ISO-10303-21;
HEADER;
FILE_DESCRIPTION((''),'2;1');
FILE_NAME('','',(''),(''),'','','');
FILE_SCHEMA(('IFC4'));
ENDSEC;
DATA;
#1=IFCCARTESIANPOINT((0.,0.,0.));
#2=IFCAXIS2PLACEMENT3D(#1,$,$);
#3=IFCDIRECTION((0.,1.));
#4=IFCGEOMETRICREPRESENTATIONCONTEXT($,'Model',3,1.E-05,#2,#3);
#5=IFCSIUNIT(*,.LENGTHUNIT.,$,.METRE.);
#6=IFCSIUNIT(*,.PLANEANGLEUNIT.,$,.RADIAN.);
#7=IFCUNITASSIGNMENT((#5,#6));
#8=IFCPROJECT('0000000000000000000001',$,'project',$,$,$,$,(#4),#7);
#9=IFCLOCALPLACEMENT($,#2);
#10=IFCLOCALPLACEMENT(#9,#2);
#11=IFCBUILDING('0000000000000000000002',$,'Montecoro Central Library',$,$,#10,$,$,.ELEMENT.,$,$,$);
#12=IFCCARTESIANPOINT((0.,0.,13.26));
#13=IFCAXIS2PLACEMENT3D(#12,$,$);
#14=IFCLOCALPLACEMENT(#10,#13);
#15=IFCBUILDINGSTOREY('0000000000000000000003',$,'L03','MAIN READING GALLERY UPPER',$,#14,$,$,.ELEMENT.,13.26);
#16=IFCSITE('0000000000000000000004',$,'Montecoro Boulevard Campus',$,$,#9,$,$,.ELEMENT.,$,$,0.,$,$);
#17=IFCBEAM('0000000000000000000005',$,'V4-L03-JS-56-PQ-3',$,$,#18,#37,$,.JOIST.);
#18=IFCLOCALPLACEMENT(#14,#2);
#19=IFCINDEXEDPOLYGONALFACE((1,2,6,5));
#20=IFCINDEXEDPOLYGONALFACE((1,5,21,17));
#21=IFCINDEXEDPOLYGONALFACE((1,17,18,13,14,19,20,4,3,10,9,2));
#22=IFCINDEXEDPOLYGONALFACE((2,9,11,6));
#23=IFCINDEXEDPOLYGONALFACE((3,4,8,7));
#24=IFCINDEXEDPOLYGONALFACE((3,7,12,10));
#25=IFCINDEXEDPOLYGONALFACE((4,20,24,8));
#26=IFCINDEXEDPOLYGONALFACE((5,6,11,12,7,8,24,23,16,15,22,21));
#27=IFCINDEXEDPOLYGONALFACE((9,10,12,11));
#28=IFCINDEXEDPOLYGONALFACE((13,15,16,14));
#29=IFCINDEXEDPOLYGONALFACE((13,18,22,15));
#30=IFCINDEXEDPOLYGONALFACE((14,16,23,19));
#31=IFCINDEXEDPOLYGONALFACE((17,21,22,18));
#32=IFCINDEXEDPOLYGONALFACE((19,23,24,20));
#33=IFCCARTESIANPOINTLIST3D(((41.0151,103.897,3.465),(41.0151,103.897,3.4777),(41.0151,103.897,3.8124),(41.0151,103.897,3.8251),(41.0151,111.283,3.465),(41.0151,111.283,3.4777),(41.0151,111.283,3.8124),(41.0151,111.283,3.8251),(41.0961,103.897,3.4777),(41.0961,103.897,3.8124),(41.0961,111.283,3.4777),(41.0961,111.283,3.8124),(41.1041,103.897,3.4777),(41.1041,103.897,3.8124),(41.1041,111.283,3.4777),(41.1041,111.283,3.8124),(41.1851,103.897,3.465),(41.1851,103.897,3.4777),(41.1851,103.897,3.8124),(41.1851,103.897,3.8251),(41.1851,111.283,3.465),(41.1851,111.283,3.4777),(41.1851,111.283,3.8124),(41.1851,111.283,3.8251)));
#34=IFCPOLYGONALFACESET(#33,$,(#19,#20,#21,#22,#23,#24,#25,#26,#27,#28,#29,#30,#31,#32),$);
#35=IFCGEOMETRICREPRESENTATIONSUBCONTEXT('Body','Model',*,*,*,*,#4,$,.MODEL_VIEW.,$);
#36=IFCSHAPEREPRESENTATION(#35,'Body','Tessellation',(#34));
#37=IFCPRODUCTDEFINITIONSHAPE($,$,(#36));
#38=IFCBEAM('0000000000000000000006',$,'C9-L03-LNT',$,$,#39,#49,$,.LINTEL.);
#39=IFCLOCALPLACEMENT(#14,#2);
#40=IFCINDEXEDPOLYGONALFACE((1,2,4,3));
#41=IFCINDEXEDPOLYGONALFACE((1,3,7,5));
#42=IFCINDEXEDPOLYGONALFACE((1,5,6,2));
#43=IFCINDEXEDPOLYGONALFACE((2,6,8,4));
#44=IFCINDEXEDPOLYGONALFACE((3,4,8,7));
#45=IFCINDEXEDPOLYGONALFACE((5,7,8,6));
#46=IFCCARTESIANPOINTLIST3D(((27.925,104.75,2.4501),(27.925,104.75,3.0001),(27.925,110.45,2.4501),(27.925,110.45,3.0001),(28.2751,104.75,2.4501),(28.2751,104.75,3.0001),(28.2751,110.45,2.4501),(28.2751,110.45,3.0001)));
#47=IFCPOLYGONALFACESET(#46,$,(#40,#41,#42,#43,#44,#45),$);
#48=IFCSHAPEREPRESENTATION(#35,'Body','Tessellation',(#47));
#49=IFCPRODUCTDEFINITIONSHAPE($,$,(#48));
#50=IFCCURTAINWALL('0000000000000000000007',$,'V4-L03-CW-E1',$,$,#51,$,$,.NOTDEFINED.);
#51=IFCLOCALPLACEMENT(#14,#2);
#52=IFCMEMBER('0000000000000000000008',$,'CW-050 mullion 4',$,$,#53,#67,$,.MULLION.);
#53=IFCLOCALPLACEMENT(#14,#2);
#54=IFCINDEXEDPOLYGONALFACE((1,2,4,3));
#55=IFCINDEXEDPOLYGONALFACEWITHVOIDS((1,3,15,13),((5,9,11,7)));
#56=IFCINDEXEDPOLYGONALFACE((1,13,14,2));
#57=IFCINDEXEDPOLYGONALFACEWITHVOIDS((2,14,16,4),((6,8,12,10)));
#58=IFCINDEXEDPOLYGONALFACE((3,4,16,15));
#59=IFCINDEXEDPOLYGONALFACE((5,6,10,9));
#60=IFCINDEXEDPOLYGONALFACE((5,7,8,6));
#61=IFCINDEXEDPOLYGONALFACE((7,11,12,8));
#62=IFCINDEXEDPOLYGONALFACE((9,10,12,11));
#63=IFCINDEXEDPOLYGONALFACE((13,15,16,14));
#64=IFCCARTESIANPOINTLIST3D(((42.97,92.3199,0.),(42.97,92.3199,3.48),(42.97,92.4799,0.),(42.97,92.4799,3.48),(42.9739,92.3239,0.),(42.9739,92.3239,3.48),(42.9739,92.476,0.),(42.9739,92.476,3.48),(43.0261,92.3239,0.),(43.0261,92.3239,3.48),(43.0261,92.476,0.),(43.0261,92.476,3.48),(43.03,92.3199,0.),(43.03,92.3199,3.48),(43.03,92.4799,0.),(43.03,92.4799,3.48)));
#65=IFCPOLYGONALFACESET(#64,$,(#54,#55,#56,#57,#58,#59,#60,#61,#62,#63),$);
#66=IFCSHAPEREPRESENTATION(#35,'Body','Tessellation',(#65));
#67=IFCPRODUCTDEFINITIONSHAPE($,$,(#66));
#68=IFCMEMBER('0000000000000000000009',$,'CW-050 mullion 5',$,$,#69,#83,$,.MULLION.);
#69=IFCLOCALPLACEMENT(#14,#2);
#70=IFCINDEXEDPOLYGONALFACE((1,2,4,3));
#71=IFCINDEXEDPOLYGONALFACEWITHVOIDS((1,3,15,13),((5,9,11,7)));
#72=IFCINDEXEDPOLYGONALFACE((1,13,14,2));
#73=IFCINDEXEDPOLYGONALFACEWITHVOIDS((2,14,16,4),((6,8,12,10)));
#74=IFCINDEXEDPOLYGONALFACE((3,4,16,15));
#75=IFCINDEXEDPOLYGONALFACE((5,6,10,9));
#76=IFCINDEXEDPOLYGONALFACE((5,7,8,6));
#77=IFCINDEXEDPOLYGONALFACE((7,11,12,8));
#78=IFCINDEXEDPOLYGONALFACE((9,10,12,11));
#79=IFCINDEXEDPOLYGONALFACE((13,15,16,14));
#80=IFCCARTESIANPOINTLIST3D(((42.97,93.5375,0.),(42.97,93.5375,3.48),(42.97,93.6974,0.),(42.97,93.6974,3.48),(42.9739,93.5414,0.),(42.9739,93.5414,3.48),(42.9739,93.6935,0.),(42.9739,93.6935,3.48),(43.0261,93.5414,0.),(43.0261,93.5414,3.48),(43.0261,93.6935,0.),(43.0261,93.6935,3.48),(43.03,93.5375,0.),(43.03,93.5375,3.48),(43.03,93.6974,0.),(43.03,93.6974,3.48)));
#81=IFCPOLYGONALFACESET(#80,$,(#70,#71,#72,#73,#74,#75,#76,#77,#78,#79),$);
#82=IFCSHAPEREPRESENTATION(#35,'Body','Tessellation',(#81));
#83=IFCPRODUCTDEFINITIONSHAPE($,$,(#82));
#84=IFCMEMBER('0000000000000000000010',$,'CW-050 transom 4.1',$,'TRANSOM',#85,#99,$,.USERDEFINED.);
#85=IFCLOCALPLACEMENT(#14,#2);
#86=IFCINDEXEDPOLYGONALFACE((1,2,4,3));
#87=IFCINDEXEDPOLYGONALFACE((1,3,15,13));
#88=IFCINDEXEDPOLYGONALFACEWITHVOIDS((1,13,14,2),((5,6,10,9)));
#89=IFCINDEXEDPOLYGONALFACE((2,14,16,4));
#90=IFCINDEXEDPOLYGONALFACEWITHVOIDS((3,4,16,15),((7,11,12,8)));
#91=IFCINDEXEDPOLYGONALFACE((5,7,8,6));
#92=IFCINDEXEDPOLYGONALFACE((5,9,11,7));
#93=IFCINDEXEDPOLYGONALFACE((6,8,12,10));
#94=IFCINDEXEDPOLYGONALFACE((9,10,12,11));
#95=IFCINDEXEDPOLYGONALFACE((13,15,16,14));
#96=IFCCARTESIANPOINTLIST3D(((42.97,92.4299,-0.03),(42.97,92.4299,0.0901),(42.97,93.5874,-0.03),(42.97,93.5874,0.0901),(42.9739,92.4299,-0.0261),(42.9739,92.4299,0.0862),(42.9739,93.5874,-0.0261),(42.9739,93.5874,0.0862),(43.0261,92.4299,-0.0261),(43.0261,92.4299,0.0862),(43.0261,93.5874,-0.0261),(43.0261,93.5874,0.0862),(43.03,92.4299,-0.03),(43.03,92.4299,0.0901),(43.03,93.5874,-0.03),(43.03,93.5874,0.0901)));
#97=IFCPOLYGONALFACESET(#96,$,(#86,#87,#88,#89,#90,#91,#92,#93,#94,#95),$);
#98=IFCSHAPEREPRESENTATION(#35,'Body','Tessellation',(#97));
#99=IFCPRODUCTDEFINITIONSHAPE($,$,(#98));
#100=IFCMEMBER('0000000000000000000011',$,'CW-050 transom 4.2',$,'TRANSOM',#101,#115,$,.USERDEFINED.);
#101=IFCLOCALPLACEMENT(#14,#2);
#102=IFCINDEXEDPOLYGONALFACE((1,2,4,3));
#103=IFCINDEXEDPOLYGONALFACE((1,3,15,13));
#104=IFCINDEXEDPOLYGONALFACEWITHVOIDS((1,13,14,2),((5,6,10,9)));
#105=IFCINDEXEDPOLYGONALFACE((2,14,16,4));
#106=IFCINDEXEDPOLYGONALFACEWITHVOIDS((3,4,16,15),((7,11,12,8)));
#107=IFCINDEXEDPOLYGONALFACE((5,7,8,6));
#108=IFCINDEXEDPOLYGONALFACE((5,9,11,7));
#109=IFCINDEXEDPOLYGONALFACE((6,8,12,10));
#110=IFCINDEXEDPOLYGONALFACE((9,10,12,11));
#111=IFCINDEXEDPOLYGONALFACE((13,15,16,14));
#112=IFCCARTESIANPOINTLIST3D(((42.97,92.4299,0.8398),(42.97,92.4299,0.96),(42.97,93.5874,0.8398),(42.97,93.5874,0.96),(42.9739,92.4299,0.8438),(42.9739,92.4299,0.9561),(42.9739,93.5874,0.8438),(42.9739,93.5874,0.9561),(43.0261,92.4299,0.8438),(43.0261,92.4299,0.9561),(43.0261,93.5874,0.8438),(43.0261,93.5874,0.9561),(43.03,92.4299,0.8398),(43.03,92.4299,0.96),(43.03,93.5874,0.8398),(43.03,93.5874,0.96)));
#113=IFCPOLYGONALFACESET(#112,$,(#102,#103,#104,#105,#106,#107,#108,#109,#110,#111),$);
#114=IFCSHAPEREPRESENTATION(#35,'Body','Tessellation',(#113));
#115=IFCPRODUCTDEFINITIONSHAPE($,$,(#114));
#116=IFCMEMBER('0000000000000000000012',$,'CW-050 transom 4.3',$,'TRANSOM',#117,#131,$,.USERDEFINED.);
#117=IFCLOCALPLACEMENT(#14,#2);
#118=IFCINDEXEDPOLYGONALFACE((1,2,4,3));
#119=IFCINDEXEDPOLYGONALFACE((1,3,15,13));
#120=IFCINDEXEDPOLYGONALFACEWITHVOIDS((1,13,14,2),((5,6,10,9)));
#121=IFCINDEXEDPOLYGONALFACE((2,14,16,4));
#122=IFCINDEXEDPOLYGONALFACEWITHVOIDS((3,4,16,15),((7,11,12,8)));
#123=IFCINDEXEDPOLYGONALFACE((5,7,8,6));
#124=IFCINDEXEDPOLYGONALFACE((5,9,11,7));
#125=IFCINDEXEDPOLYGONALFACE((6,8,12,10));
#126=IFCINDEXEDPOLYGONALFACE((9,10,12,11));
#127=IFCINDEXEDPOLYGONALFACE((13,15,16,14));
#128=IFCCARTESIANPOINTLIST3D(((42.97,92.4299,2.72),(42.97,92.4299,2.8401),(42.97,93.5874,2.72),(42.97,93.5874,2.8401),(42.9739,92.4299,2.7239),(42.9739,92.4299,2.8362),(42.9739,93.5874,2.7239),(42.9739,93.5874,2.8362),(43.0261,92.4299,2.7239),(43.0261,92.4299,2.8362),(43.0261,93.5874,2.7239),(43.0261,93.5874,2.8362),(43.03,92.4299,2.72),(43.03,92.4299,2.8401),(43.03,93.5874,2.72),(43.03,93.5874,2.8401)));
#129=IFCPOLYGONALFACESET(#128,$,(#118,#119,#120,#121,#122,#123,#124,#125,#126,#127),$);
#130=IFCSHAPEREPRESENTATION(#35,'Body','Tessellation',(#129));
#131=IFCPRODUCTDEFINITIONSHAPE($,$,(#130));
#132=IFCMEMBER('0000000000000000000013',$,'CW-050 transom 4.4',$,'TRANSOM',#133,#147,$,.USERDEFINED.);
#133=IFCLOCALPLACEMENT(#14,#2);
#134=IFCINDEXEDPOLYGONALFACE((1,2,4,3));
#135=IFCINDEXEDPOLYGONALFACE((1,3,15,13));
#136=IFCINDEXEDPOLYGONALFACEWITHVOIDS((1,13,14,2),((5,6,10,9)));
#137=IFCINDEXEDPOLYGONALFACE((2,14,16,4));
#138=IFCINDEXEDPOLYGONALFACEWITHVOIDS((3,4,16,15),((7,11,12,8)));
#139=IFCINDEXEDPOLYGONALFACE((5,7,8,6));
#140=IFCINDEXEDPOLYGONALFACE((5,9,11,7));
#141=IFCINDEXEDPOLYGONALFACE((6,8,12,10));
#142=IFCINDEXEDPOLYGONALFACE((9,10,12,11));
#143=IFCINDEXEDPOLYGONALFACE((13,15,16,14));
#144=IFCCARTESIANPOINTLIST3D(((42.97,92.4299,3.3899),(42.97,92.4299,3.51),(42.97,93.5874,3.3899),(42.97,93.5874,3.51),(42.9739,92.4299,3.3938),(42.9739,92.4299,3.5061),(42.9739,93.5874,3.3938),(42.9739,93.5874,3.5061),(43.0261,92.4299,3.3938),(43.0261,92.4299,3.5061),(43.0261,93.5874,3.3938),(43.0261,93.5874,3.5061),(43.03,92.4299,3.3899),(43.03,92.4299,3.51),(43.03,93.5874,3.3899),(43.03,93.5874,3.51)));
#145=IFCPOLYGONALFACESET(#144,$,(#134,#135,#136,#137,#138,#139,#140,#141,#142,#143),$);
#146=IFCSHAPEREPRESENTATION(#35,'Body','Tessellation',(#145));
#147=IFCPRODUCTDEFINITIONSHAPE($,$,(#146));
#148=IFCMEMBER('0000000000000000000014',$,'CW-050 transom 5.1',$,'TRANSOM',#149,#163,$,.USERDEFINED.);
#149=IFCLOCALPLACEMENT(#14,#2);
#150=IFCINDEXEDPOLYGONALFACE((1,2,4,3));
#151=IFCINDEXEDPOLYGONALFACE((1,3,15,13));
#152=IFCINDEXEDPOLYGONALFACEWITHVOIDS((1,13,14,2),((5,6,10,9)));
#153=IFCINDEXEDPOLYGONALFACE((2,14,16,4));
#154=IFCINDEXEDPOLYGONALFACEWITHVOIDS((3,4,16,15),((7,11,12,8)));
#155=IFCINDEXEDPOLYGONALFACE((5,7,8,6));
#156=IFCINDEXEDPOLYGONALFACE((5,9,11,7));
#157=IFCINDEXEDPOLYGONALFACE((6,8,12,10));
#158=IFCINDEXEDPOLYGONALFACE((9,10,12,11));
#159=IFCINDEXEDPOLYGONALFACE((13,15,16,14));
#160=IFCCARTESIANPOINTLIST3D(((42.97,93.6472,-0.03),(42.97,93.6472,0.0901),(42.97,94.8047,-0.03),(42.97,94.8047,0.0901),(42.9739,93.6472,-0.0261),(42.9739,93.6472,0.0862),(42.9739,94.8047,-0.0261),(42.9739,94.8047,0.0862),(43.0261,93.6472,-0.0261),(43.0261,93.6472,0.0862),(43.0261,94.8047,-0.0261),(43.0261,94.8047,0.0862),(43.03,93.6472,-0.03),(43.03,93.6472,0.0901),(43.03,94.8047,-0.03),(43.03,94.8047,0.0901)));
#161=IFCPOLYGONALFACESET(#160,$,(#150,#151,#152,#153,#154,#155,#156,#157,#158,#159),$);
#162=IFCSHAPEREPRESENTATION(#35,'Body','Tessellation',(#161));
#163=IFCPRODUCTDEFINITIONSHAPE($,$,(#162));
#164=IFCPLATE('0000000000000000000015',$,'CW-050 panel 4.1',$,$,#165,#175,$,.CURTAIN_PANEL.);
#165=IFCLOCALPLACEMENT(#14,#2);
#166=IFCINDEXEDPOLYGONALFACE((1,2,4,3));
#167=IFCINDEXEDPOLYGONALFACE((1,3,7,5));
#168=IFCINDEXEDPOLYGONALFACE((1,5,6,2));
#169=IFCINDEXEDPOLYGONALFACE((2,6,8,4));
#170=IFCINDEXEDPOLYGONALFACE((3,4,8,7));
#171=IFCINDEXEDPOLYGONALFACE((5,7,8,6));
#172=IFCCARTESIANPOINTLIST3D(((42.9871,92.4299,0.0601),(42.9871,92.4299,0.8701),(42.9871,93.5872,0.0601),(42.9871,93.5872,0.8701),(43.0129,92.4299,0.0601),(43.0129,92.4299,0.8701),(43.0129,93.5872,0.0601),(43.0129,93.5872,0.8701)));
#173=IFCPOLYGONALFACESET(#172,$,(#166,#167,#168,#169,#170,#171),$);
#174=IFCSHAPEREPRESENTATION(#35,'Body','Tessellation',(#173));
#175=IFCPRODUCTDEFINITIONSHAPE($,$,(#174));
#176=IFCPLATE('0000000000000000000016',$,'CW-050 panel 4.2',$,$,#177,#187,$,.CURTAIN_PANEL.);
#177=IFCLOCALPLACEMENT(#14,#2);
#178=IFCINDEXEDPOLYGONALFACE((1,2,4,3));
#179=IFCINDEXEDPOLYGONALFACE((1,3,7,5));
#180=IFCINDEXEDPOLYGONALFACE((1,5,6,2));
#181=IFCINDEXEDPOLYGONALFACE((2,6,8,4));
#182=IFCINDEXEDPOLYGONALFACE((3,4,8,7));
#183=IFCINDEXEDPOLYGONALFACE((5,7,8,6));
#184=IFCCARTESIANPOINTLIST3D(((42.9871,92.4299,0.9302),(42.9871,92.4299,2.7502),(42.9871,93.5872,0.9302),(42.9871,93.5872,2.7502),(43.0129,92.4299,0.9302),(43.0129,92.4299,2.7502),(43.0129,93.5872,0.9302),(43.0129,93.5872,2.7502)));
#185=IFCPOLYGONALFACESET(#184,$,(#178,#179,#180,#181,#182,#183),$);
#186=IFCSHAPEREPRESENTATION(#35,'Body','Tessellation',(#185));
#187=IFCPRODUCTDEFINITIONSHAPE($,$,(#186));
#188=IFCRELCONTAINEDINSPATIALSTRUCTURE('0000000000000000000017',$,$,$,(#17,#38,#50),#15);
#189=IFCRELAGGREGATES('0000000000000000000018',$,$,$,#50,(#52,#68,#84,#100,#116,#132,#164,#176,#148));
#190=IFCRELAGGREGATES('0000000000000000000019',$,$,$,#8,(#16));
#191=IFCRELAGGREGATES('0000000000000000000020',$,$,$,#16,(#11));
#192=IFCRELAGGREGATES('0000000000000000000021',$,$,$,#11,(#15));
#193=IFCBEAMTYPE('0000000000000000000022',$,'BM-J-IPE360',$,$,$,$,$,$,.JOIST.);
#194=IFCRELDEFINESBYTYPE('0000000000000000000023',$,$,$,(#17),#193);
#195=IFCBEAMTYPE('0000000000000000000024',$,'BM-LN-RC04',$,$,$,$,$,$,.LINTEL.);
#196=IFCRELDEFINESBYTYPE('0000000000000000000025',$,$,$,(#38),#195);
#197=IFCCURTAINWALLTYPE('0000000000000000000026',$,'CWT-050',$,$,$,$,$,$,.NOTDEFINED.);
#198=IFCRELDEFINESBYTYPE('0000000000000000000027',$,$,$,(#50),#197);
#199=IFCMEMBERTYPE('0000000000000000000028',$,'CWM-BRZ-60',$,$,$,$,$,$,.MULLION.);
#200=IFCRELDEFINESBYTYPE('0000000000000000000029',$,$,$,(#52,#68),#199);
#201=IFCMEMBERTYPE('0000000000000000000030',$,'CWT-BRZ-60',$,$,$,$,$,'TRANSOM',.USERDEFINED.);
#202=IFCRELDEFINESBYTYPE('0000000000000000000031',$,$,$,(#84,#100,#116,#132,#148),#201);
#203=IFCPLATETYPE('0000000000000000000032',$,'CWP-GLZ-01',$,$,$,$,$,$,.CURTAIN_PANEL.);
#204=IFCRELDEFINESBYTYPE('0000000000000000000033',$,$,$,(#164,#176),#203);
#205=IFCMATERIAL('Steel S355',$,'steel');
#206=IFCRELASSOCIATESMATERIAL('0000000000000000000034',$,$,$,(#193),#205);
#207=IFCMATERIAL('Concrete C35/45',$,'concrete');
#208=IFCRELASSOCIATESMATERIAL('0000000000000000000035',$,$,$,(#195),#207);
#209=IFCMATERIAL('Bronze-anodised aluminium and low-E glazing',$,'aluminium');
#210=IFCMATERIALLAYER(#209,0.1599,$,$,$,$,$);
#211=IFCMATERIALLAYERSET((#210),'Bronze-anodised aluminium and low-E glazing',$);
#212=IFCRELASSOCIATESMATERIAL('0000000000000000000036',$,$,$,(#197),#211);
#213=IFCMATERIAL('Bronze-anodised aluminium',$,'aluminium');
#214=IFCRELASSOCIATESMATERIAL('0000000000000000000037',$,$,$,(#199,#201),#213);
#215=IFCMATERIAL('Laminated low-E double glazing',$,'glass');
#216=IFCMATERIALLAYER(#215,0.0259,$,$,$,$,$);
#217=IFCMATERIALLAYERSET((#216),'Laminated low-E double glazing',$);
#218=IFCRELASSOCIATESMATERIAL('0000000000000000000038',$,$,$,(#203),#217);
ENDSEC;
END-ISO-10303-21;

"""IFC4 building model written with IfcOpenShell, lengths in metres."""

from ifc_helpers import new_model, si_unit, direction, frame, origin, origin_2d, place, context, subcontext, project, spatial, rectangle, hollow_rectangle, i_section, extrude, material, layer, layer_set, material_profile, profile_set, type_object, element, aggregate, save


model = new_model("IFC4")

# Units and contexts
model_context = context("Model", 3, precision=1e-05, world=origin(), true_north=direction((0.0, 1.0)))
body_context = subcontext(model_context, "Body", "Model", "MODEL_VIEW")
ifc_project = project(units=[si_unit("LENGTHUNIT", "METRE"), si_unit("PLANEANGLEUNIT", "RADIAN")], contexts=[model_context])

# Site, building, storey
site_placement = place(None, origin())
site = spatial("IfcSite", under=ifc_project, at=site_placement, Name="Montecoro Boulevard Campus", CompositionType="ELEMENT", RefElevation=0.0)
building_placement = place(site_placement, origin())
building = spatial("IfcBuilding", under=site, at=building_placement, Name="Montecoro Central Library", CompositionType="ELEMENT")
storey_placement = place(building_placement, frame((0.0, 0.0, 13.26)))
storey = spatial("IfcBuildingStorey", under=building, at=storey_placement, Name="L03", Description="MAIN READING GALLERY UPPER", CompositionType="ELEMENT", Elevation=13.26)

# Shared definitions
ifc_material_1 = material(Name="Steel S355", Category="steel")

# Beams
ifc_material_profile_1 = material_profile(ifc_material_1, i_section(OverallWidth=0.1699, OverallDepth=0.3601, WebThickness=0.0081, FlangeThickness=0.0127, at=origin_2d()), Name="IPE 360")
ifc_profile_set_1 = profile_set([ifc_material_profile_1], Name="Steel S355")
beam_type_1 = type_object("IfcBeamType", Name="BM-J-IPE360", PredefinedType="JOIST", material=ifc_profile_set_1)
for number, where, z_axis, x_axis, name in (
    (1, (41.1001, 103.897, 3.645), (0.0, 1.0, 0.0), (-1.0, 0.0, 0.0), "V4-L03-JS-56-PQ-3"),
):
    element("IfcBeam", number, at=place(storey_placement, frame(where, z_axis=z_axis, x_axis=x_axis)), inside=storey, type_object=beam_type_1, Name=name, PredefinedType="JOIST", context=body_context, shape_type="SweptSolid", body=[
        extrude(i_section(OverallWidth=0.1699, OverallDepth=0.3601, WebThickness=0.0081, FlangeThickness=0.0127, at=origin_2d()), origin(), (0.0, 0.0, 1.0), 7.386),
    ])
ifc_material_2 = material(Name="Concrete C35/45", Category="concrete")
ifc_material_profile_2 = material_profile(ifc_material_2, rectangle(XDim=0.3501, YDim=0.55, at=origin_2d()), Name="RC LNT 550x350")
ifc_profile_set_2 = profile_set([ifc_material_profile_2], Name="Concrete C35/45")
beam_type_2 = type_object("IfcBeamType", Name="BM-LN-RC04", PredefinedType="LINTEL", material=ifc_profile_set_2)
beam_placement = place(storey_placement, frame((28.1001, 104.75, 2.7251), z_axis=(0.0, 1.0, 0.0), x_axis=(-1.0, 0.0, 0.0)))
element("IfcBeam", 2, at=beam_placement, inside=storey, type_object=beam_type_2, Name="C9-L03-LNT", PredefinedType="LINTEL", context=body_context, shape_type="SweptSolid", body=[
    extrude(rectangle(XDim=0.3501, YDim=0.55, at=origin_2d()), origin(), (0.0, 0.0, 1.0), 5.7),
])

# Curtain wall, members, plates
ifc_material_3 = material(Name="Bronze-anodised aluminium and low-E glazing", Category="aluminium")
ifc_layer_1 = layer(ifc_material_3, 0.1599)
ifc_layer_set_1 = layer_set([ifc_layer_1], Name="Bronze-anodised aluminium and low-E glazing")
curtain_wall_type = type_object("IfcCurtainWallType", Name="CWT-050", PredefinedType="NOTDEFINED", material=ifc_layer_set_1)
curtain_wall_placement = place(storey_placement, origin())
curtain_wall = element("IfcCurtainWall", 3, at=curtain_wall_placement, inside=storey, type_object=curtain_wall_type, Name="V4-L03-CW-E1", PredefinedType="NOTDEFINED")
ifc_material_4 = material(Name="Bronze-anodised aluminium", Category="aluminium")
ifc_material_profile_3 = material_profile(ifc_material_4, hollow_rectangle(XDim=0.0601, YDim=0.1599, WallThickness=0.0039, at=origin_2d()), Name="CWM 160x60x4.0")
ifc_profile_set_3 = profile_set([ifc_material_profile_3], Name="Bronze-anodised aluminium")
member_type_1 = type_object("IfcMemberType", Name="CWM-BRZ-60", PredefinedType="MULLION", material=ifc_profile_set_3)
member_1_placement = place(storey_placement, frame((43.0, 92.3999, 0.0), z_axis=(0.0, 0.0, 1.0), x_axis=(-1.0, 0.0, 0.0)))
member_1 = element("IfcMember", 4, at=member_1_placement, type_object=member_type_1, Name="CW-050 mullion 4", PredefinedType="MULLION", context=body_context, shape_type="SweptSolid", body=[
    extrude(hollow_rectangle(XDim=0.0601, YDim=0.1599, WallThickness=0.0039, at=origin_2d()), origin(), (0.0, 0.0, 1.0), 3.48),
])
member_2_placement = place(storey_placement, frame((43.0, 93.6174, 0.0), z_axis=(0.0, 0.0, 1.0), x_axis=(-1.0, 0.0, 0.0)))
member_2 = element("IfcMember", 5, at=member_2_placement, type_object=member_type_1, Name="CW-050 mullion 5", PredefinedType="MULLION", context=body_context, shape_type="SweptSolid", body=[
    extrude(hollow_rectangle(XDim=0.0601, YDim=0.1599, WallThickness=0.0039, at=origin_2d()), origin(), (0.0, 0.0, 1.0), 3.48),
])
ifc_material_profile_4 = material_profile(ifc_material_4, hollow_rectangle(XDim=0.0601, YDim=0.1201, WallThickness=0.0039, at=origin_2d()), Name="CWT 120x60x4.0")
ifc_profile_set_4 = profile_set([ifc_material_profile_4], Name="Bronze-anodised aluminium")
member_type_2 = type_object("IfcMemberType", Name="CWT-BRZ-60", ElementType="TRANSOM", PredefinedType="USERDEFINED", material=ifc_profile_set_4)
member_3_placement = place(storey_placement, frame((43.0, 92.4299, 0.03), z_axis=(0.0, 1.0, 0.0), x_axis=(-1.0, 0.0, 0.0)))
member_3 = element("IfcMember", 6, at=member_3_placement, type_object=member_type_2, Name="CW-050 transom 4.1", ObjectType="TRANSOM", PredefinedType="USERDEFINED", context=body_context, shape_type="SweptSolid", body=[
    extrude(hollow_rectangle(XDim=0.0601, YDim=0.1201, WallThickness=0.0039, at=origin_2d()), origin(), (0.0, 0.0, 1.0), 1.1575),
])
member_4_placement = place(storey_placement, frame((43.0, 92.4299, 0.8999), z_axis=(0.0, 1.0, 0.0), x_axis=(-1.0, 0.0, 0.0)))
member_4 = element("IfcMember", 7, at=member_4_placement, type_object=member_type_2, Name="CW-050 transom 4.2", ObjectType="TRANSOM", PredefinedType="USERDEFINED", context=body_context, shape_type="SweptSolid", body=[
    extrude(hollow_rectangle(XDim=0.0601, YDim=0.1201, WallThickness=0.0039, at=origin_2d()), origin(), (0.0, 0.0, 1.0), 1.1575),
])
member_5_placement = place(storey_placement, frame((43.0, 92.4299, 2.78), z_axis=(0.0, 1.0, 0.0), x_axis=(-1.0, 0.0, 0.0)))
member_5 = element("IfcMember", 8, at=member_5_placement, type_object=member_type_2, Name="CW-050 transom 4.3", ObjectType="TRANSOM", PredefinedType="USERDEFINED", context=body_context, shape_type="SweptSolid", body=[
    extrude(hollow_rectangle(XDim=0.0601, YDim=0.1201, WallThickness=0.0039, at=origin_2d()), origin(), (0.0, 0.0, 1.0), 1.1575),
])
member_6_placement = place(storey_placement, frame((43.0, 92.4299, 3.45), z_axis=(0.0, 1.0, 0.0), x_axis=(-1.0, 0.0, 0.0)))
member_6 = element("IfcMember", 9, at=member_6_placement, type_object=member_type_2, Name="CW-050 transom 4.4", ObjectType="TRANSOM", PredefinedType="USERDEFINED", context=body_context, shape_type="SweptSolid", body=[
    extrude(hollow_rectangle(XDim=0.0601, YDim=0.1201, WallThickness=0.0039, at=origin_2d()), origin(), (0.0, 0.0, 1.0), 1.1575),
])
member_7_placement = place(storey_placement, frame((43.0, 93.6472, 0.03), z_axis=(0.0, 1.0, 0.0), x_axis=(-1.0, 0.0, 0.0)))
member_7 = element("IfcMember", 10, at=member_7_placement, type_object=member_type_2, Name="CW-050 transom 5.1", ObjectType="TRANSOM", PredefinedType="USERDEFINED", context=body_context, shape_type="SweptSolid", body=[
    extrude(hollow_rectangle(XDim=0.0601, YDim=0.1201, WallThickness=0.0039, at=origin_2d()), origin(), (0.0, 0.0, 1.0), 1.1575),
])
ifc_material_5 = material(Name="Laminated low-E double glazing", Category="glass")
ifc_layer_2 = layer(ifc_material_5, 0.0259)
ifc_layer_set_2 = layer_set([ifc_layer_2], Name="Laminated low-E double glazing")
plate_type = type_object("IfcPlateType", Name="CWP-GLZ-01", PredefinedType="CURTAIN_PANEL", material=ifc_layer_set_2)
plate_1_placement = place(storey_placement, frame((43.0, 93.0085, 0.0601), z_axis=(0.0, 0.0, 1.0), x_axis=(0.0, 1.0, 0.0)))
plate_1 = element("IfcPlate", 11, at=plate_1_placement, type_object=plate_type, Name="CW-050 panel 4.1", PredefinedType="CURTAIN_PANEL", context=body_context, shape_type="SweptSolid", body=[
    extrude(rectangle(XDim=1.1572, YDim=0.0259, at=origin_2d()), origin(), (0.0, 0.0, 1.0), 0.8101),
])
plate_2_placement = place(storey_placement, frame((43.0, 93.0085, 0.9302), z_axis=(0.0, 0.0, 1.0), x_axis=(0.0, 1.0, 0.0)))
plate_2 = element("IfcPlate", 12, at=plate_2_placement, type_object=plate_type, Name="CW-050 panel 4.2", PredefinedType="CURTAIN_PANEL", context=body_context, shape_type="SweptSolid", body=[
    extrude(rectangle(XDim=1.1572, YDim=0.0259, at=origin_2d()), origin(), (0.0, 0.0, 1.0), 1.8201),
])
aggregate(curtain_wall, [member_1, member_2, member_3, member_4, member_5, member_6, plate_1, plate_2, member_7])

save(model, "model.ifc")
